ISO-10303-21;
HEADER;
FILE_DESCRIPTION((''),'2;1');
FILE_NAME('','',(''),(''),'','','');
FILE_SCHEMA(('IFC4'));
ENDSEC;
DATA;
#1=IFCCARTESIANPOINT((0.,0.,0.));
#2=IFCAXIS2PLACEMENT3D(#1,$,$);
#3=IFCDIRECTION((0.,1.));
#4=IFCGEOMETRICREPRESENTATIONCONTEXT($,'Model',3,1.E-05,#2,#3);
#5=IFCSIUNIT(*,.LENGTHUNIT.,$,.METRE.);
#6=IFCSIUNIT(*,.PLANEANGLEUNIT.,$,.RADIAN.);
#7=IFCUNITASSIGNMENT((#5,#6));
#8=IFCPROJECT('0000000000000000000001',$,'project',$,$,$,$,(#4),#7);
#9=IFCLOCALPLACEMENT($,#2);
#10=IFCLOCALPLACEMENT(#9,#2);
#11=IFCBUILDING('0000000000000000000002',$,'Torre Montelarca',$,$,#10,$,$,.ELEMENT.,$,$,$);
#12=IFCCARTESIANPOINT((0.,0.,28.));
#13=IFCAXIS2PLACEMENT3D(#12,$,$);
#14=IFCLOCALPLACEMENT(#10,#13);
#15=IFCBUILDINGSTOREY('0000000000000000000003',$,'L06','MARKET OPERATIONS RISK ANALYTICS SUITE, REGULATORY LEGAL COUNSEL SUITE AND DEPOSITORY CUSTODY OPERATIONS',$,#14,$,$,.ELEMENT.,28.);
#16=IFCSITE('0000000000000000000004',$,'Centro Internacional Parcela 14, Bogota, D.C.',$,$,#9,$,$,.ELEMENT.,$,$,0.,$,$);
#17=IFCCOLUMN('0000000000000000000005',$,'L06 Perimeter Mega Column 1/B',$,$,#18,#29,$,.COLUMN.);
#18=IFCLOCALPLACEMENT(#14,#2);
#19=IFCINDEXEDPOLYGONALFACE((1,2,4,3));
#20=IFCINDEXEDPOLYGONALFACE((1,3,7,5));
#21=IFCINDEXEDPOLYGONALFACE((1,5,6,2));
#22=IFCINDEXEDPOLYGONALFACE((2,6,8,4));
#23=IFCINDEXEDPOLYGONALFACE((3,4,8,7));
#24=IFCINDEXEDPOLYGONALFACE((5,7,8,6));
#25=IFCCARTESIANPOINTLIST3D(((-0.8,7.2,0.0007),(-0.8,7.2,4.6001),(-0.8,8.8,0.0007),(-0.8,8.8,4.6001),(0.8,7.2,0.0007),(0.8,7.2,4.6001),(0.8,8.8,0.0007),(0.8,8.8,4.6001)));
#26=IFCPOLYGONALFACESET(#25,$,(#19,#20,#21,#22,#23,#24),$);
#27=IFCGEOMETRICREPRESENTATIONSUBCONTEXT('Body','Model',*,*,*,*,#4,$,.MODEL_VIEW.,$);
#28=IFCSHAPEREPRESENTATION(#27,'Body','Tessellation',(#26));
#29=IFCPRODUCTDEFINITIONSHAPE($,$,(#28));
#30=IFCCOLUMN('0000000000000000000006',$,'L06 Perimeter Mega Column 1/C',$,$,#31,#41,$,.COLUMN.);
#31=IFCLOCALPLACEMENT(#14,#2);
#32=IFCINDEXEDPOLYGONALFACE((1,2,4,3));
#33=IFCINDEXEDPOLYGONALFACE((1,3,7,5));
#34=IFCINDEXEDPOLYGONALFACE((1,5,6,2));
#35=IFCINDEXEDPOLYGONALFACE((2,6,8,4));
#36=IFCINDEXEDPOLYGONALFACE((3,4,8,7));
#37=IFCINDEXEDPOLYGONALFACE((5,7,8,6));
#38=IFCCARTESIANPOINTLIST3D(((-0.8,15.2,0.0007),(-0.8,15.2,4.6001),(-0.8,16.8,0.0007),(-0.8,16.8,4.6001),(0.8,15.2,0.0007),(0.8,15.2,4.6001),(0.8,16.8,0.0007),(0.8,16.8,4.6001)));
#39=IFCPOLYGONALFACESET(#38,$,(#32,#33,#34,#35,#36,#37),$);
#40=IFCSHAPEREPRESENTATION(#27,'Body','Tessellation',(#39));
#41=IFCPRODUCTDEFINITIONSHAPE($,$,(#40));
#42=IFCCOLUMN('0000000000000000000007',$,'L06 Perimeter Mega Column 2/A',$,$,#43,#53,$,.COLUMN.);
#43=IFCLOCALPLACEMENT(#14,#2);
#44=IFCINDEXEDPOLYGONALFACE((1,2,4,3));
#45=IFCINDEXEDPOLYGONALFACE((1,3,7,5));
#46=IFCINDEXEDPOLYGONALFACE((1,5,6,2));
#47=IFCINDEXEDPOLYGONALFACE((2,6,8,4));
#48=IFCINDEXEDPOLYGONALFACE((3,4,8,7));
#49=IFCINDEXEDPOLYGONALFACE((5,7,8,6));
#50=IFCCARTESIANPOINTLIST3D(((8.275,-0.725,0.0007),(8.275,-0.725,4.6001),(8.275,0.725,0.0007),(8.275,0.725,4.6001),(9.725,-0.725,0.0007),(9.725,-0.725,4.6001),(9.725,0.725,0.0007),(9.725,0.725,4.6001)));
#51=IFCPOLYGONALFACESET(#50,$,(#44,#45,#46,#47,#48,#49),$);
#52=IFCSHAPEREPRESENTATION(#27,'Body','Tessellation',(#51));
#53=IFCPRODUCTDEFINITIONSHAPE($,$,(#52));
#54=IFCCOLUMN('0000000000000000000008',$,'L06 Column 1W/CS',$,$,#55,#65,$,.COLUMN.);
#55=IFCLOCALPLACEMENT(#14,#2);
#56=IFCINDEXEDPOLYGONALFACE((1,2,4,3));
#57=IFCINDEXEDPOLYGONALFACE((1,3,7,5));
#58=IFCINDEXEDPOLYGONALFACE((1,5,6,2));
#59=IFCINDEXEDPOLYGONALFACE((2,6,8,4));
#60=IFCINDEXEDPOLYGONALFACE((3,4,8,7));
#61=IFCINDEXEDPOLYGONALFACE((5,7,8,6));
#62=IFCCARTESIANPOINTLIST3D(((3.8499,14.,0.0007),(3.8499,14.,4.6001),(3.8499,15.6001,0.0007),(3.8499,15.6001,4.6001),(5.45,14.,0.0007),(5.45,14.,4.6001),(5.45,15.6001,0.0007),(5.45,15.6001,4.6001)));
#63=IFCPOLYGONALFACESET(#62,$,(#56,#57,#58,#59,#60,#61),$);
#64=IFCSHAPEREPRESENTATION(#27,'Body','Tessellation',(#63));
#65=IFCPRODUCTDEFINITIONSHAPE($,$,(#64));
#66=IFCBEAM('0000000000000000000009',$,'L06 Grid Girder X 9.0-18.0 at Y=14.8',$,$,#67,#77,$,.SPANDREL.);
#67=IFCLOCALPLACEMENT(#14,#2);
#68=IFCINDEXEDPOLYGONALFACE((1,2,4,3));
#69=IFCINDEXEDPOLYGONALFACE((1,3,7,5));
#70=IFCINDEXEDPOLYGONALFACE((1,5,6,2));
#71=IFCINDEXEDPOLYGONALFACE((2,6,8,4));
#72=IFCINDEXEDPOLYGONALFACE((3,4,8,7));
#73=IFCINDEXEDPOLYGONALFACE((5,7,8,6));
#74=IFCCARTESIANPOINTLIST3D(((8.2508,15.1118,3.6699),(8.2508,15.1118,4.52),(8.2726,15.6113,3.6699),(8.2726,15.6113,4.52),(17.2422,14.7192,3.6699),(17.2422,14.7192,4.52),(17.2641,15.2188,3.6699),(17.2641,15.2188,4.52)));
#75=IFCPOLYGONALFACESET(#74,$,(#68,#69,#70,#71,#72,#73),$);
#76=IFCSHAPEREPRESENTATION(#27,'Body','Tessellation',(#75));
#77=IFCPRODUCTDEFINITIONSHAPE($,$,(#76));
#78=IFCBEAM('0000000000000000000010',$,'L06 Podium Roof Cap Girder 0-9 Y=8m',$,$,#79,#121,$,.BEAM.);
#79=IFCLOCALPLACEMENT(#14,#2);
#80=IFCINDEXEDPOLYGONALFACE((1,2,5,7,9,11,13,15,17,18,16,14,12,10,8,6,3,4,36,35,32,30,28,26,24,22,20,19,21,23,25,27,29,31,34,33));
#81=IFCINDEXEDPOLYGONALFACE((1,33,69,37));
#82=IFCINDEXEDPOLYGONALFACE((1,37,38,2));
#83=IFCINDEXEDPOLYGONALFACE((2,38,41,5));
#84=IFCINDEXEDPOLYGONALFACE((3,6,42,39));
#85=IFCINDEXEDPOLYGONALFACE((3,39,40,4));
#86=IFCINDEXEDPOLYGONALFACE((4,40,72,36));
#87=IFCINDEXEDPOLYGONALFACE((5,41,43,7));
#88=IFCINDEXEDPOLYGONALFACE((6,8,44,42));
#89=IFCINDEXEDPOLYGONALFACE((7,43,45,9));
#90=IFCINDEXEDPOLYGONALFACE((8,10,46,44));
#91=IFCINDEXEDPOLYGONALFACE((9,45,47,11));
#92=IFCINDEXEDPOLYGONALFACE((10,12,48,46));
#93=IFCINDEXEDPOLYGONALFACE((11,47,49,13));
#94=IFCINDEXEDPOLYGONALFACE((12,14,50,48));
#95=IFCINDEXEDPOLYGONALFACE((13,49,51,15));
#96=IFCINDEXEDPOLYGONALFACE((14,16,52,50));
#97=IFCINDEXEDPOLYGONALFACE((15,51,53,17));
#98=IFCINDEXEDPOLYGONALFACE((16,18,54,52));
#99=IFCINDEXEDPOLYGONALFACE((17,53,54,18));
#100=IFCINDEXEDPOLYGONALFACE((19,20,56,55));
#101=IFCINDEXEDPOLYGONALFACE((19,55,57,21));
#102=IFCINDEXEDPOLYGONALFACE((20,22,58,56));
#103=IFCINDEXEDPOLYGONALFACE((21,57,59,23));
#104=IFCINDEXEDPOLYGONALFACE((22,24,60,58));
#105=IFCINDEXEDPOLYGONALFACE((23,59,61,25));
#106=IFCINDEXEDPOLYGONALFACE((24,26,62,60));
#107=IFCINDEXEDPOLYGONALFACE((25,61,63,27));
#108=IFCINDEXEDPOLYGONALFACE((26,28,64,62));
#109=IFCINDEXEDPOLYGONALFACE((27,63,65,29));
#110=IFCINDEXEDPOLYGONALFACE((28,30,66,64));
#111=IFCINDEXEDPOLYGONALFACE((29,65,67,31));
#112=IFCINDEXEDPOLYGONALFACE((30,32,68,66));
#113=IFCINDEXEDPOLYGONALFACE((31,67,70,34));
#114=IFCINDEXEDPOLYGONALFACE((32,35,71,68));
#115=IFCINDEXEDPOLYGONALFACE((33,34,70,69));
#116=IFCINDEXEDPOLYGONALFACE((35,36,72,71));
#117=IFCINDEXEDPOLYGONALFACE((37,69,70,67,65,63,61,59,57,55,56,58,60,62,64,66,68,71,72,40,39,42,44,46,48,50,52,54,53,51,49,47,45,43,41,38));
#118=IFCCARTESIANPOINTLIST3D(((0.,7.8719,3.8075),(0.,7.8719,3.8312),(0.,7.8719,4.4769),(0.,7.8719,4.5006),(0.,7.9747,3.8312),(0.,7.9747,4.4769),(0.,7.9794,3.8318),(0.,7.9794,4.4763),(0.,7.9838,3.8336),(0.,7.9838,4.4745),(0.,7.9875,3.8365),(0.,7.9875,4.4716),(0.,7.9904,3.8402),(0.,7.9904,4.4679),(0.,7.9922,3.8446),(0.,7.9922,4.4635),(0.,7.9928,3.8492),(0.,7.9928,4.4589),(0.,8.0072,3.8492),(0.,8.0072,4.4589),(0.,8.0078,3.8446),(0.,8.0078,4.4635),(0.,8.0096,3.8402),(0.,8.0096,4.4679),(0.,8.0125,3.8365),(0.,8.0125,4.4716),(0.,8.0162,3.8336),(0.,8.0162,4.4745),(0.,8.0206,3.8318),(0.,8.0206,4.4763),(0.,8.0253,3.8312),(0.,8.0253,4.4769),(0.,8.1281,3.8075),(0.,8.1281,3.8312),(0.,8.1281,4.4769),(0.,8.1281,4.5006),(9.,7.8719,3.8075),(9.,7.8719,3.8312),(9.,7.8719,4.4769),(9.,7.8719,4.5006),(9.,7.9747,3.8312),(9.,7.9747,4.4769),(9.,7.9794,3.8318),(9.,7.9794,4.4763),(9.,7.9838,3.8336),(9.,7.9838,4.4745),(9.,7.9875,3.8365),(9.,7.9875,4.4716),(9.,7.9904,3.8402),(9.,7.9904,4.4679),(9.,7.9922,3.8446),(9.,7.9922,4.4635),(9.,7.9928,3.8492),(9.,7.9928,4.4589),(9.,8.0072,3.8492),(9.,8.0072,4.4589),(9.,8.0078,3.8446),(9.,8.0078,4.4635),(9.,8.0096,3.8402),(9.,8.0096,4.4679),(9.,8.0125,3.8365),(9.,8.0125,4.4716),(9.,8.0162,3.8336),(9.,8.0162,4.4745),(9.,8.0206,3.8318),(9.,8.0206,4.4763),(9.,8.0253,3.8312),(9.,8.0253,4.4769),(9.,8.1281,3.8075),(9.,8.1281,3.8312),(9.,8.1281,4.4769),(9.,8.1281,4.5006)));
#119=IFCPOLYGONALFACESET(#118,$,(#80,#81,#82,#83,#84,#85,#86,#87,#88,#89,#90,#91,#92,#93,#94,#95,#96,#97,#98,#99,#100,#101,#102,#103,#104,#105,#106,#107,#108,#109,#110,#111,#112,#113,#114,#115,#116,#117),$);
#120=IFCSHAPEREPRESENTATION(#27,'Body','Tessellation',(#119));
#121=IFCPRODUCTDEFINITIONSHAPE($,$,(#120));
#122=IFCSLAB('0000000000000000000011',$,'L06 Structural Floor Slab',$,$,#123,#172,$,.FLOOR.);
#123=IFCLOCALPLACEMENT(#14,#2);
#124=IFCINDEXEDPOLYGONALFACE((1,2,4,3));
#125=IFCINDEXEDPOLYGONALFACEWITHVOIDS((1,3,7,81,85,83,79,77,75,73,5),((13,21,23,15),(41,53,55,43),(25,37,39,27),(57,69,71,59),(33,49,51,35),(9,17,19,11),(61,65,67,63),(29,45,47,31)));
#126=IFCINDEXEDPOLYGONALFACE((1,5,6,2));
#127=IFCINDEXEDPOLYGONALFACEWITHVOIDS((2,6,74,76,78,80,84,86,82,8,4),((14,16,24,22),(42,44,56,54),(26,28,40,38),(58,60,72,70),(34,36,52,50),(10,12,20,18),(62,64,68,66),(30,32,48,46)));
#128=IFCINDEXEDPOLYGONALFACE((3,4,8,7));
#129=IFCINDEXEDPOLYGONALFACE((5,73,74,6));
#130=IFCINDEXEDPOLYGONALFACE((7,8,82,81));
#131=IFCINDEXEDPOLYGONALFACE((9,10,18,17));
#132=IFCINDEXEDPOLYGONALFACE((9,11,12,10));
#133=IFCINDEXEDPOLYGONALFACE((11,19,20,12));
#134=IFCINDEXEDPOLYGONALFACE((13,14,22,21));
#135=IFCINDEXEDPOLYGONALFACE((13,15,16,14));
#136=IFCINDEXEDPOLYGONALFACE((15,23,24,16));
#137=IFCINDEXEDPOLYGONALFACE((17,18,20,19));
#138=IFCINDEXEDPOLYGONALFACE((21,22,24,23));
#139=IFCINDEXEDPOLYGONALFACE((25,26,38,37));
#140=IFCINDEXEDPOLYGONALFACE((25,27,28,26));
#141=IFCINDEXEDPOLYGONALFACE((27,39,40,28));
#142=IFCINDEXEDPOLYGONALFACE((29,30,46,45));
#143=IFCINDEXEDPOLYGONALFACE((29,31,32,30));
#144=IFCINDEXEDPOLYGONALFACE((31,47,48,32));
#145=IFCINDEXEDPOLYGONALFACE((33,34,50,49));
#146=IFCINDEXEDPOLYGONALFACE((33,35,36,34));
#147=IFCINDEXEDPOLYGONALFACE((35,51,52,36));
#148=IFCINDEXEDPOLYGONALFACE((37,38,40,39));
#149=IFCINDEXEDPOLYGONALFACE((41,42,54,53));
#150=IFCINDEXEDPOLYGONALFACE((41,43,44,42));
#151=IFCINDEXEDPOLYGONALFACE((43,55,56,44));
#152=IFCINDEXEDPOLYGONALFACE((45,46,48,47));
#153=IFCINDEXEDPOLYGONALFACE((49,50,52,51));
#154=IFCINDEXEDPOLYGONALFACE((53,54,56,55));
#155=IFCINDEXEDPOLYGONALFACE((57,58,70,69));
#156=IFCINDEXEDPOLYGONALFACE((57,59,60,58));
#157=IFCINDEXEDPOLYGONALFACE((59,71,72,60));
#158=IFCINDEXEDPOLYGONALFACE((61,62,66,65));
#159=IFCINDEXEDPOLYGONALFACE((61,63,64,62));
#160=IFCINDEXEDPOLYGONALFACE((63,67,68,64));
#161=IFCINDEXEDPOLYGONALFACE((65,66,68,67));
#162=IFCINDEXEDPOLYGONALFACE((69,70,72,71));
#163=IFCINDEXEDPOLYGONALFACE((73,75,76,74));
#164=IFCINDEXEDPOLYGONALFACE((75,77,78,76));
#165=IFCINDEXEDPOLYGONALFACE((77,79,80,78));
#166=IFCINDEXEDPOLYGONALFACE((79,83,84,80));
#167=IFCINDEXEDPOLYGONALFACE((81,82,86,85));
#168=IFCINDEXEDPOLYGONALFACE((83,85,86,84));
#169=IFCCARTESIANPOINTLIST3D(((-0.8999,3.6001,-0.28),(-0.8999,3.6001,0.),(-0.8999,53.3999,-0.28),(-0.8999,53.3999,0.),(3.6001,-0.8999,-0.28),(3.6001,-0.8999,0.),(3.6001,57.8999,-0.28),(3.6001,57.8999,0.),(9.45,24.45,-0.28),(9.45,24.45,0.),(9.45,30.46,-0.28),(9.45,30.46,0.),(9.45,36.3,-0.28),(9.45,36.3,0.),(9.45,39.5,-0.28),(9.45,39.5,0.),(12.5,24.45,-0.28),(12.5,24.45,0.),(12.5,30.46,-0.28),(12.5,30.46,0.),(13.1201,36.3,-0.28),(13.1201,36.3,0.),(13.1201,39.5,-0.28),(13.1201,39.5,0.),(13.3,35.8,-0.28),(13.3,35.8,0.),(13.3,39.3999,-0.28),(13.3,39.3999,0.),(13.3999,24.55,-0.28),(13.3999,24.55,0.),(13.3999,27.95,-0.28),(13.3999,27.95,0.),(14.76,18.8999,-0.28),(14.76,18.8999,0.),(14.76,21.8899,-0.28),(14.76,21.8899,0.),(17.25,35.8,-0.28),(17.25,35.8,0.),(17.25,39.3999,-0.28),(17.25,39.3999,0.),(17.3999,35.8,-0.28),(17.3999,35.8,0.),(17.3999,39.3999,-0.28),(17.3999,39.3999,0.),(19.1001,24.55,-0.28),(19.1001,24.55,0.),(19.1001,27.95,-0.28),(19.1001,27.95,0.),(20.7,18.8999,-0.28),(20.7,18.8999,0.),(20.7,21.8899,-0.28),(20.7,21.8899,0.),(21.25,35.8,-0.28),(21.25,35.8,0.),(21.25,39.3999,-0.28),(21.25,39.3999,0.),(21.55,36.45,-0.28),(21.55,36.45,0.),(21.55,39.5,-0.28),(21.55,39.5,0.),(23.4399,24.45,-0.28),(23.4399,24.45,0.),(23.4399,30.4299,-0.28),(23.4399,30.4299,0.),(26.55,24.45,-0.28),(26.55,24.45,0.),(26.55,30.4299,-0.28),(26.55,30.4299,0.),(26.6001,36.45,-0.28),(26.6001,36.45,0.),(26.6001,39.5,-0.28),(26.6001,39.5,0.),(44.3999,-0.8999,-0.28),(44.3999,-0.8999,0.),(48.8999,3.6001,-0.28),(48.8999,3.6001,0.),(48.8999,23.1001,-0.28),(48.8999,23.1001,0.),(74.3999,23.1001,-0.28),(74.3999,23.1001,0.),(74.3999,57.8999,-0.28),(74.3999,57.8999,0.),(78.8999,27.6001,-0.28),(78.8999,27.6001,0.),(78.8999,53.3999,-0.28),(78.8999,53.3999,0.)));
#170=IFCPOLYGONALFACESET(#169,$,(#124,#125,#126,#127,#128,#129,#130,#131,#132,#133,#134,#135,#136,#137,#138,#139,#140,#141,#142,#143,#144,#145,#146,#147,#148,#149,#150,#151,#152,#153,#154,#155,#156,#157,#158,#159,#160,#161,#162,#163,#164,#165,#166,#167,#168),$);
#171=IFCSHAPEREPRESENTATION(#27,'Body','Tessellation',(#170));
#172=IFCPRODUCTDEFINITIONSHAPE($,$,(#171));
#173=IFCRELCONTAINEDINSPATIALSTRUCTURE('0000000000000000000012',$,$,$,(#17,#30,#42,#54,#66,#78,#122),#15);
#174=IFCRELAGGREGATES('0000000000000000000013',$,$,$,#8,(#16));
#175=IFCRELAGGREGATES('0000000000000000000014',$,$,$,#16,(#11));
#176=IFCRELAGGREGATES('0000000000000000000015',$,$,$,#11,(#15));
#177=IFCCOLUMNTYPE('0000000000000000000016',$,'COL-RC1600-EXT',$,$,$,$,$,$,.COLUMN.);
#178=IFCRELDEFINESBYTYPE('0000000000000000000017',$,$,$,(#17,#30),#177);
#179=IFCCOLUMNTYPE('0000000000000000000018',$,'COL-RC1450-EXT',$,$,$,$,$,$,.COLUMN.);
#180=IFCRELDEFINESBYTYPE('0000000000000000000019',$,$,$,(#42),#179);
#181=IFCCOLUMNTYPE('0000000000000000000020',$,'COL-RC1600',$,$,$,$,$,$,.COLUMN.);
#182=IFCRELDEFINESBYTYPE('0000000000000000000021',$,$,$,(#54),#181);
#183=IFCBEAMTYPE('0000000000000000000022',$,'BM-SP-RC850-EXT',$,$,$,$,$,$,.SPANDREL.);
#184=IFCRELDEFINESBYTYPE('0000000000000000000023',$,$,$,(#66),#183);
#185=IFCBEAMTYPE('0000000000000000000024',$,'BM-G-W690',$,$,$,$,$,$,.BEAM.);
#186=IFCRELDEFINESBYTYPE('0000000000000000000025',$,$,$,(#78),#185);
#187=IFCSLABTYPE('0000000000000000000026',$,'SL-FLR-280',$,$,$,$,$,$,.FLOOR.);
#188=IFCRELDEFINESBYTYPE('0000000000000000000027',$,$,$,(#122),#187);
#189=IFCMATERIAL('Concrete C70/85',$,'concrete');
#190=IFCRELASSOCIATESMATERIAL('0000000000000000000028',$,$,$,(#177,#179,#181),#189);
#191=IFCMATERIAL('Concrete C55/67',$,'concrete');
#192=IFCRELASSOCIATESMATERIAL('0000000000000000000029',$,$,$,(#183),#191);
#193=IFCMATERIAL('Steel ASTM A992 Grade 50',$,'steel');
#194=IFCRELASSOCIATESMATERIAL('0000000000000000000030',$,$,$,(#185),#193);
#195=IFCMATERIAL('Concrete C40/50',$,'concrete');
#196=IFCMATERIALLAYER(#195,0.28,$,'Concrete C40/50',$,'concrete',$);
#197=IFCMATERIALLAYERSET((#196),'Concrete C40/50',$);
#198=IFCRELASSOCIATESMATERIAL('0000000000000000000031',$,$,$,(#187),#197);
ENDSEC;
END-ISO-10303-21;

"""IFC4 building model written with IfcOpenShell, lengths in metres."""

from ifc_helpers import new_model, si_unit, direction, frame, origin, origin_2d, place, context, subcontext, project, spatial, polyline, rectangle, i_section, outline, extrude, source, transform, mapped, material, layer, layer_set, material_profile, profile_set, type_object, element, save


model = new_model("IFC4")

# Units and contexts
model_context = context("Model", 3, precision=1e-05, world=origin(), true_north=direction((0.0, 1.0)))
body_context = subcontext(model_context, "Body", "Model", "MODEL_VIEW")
ifc_project = project(units=[si_unit("LENGTHUNIT", "METRE"), si_unit("PLANEANGLEUNIT", "RADIAN")], contexts=[model_context])

# Site, building, storey
site_placement = place(None, origin())
site = spatial("IfcSite", under=ifc_project, at=site_placement, Name="Centro Internacional Parcela 14, Bogota, D.C.", CompositionType="ELEMENT", RefElevation=0.0)
building_placement = place(site_placement, origin())
building = spatial("IfcBuilding", under=site, at=building_placement, Name="Torre Montelarca", CompositionType="ELEMENT")
storey_placement = place(building_placement, frame((0.0, 0.0, 28.0)))
storey = spatial("IfcBuildingStorey", under=building, at=storey_placement, Name="L06", Description="MARKET OPERATIONS RISK ANALYTICS SUITE, REGULATORY LEGAL COUNSEL SUITE AND DEPOSITORY CUSTODY OPERATIONS", CompositionType="ELEMENT", Elevation=28.0)

# Columns
ifc_material_1 = material(Name="Concrete C70/85", Category="concrete")
ifc_material_profile_1 = material_profile(ifc_material_1, rectangle(XDim=1.6001, YDim=1.6001, at=origin_2d()), Name="RC1600X1600", Category="concrete")
ifc_profile_set_1 = profile_set([ifc_material_profile_1], Name="Concrete C70/85")
column_type_1 = type_object("IfcColumnType", Name="COL-RC1600-EXT", PredefinedType="COLUMN", material=ifc_profile_set_1)
shared_shape_1 = source(origin(), body_context, "Body", "SweptSolid", [
    extrude(rectangle(XDim=1.6001, YDim=1.6001, at=origin_2d()), origin(), (0.0, 0.0, 1.0), 4.5994),
])
for number, where, z_axis, x_axis, name in (
    (1, (0.0, 8.0, 0.0007), (0.0, 0.0, 1.0), (1.0, 0.0, 0.0), "L06 Perimeter Mega Column 1/B"),
    (2, (0.0, 16.0, 0.0007), (0.0, 0.0, 1.0), (1.0, 0.0, 0.0), "L06 Perimeter Mega Column 1/C"),
):
    element("IfcColumn", number, at=place(storey_placement, frame(where, z_axis=z_axis, x_axis=x_axis)), inside=storey, type_object=column_type_1, Name=name, PredefinedType="COLUMN", context=body_context, shape_type="MappedRepresentation", body=[
        mapped(shared_shape_1, transform((0.0, 0.0, 0.0), scale=1.0)),
    ])
ifc_material_profile_2 = material_profile(ifc_material_1, rectangle(XDim=1.45, YDim=1.45, at=origin_2d()), Name="RC1450X1450", Category="concrete")
ifc_profile_set_2 = profile_set([ifc_material_profile_2], Name="Concrete C70/85")
column_type_2 = type_object("IfcColumnType", Name="COL-RC1450-EXT", PredefinedType="COLUMN", material=ifc_profile_set_2)
shared_shape_2 = source(origin(), body_context, "Body", "SweptSolid", [
    extrude(rectangle(XDim=1.45, YDim=1.45, at=origin_2d()), origin(), (0.0, 0.0, 1.0), 4.5994),
])
column_1_placement = place(storey_placement, frame((9.0, 0.0, 0.0007), z_axis=(0.0, 0.0, 1.0), x_axis=(1.0, 0.0, 0.0)))
element("IfcColumn", 3, at=column_1_placement, inside=storey, type_object=column_type_2, Name="L06 Perimeter Mega Column 2/A", PredefinedType="COLUMN", context=body_context, shape_type="MappedRepresentation", body=[
    mapped(shared_shape_2, transform((0.0, 0.0, 0.0), scale=1.0)),
])
ifc_material_profile_3 = material_profile(ifc_material_1, rectangle(XDim=1.6001, YDim=1.6001, at=origin_2d()), Name="RC1600X1600", Category="concrete")
ifc_profile_set_3 = profile_set([ifc_material_profile_3], Name="Concrete C70/85")
column_type_3 = type_object("IfcColumnType", Name="COL-RC1600", PredefinedType="COLUMN", material=ifc_profile_set_3)
shared_shape_3 = source(origin(), body_context, "Body", "SweptSolid", [
    extrude(rectangle(XDim=1.6001, YDim=1.6001, at=origin_2d()), origin(), (0.0, 0.0, 1.0), 4.5994),
])
column_2_placement = place(storey_placement, frame((4.6499, 14.8, 0.0007), z_axis=(0.0, 0.0, 1.0), x_axis=(1.0, 0.0, 0.0)))
element("IfcColumn", 4, at=column_2_placement, inside=storey, type_object=column_type_3, Name="L06 Column 1W/CS", PredefinedType="COLUMN", context=body_context, shape_type="MappedRepresentation", body=[
    mapped(shared_shape_3, transform((0.0, 0.0, 0.0), scale=1.0)),
])

# Beams
ifc_material_2 = material(Name="Concrete C55/67", Category="concrete")
ifc_material_profile_4 = material_profile(ifc_material_2, rectangle(XDim=0.5, YDim=0.8501, at=origin_2d()), Name="RCB500X850", Category="concrete")
ifc_profile_set_4 = profile_set([ifc_material_profile_4], Name="Concrete C55/67")
beam_type_1 = type_object("IfcBeamType", Name="BM-SP-RC850-EXT", PredefinedType="SPANDREL", material=ifc_profile_set_4)
shared_shape_4 = source(origin(), body_context, "Body", "SweptSolid", [
    extrude(rectangle(XDim=0.5, YDim=0.8501, at=origin_2d()), origin(), (0.0, 0.0, 1.0), 9.0),
])
beam_1_placement = place(storey_placement, frame((8.2617, 15.3616, 4.095), z_axis=(0.999048, -0.04362, 0.0), x_axis=(0.04362, 0.999048, 0.0)))
element("IfcBeam", 5, at=beam_1_placement, inside=storey, type_object=beam_type_1, Name="L06 Grid Girder X 9.0-18.0 at Y=14.8", PredefinedType="SPANDREL", context=body_context, shape_type="MappedRepresentation", body=[
    mapped(shared_shape_4, transform((0.0, 0.0, 0.0), scale=1.0)),
])
ifc_material_3 = material(Name="Steel ASTM A992 Grade 50", Category="steel")
ifc_material_profile_5 = material_profile(ifc_material_3, i_section(OverallWidth=0.2561, OverallDepth=0.6931, WebThickness=0.0144, FlangeThickness=0.0237, FilletRadius=0.0181, at=origin_2d()), Name="W690X170", Category="steel")
ifc_profile_set_5 = profile_set([ifc_material_profile_5], Name="Steel ASTM A992 Grade 50")
beam_type_2 = type_object("IfcBeamType", Name="BM-G-W690", PredefinedType="BEAM", material=ifc_profile_set_5)
shared_shape_5 = source(origin(), body_context, "Body", "SweptSolid", [
    extrude(i_section(OverallWidth=0.2561, OverallDepth=0.6931, WebThickness=0.0144, FlangeThickness=0.0237, FilletRadius=0.0181, at=origin_2d()), origin(), (0.0, 0.0, 1.0), 9.0),
])
beam_2_placement = place(storey_placement, frame((0.0, 8.0, 4.1541), z_axis=(1.0, 0.0, 0.0), x_axis=(0.0, 1.0, 0.0)))
element("IfcBeam", 6, at=beam_2_placement, inside=storey, type_object=beam_type_2, Name="L06 Podium Roof Cap Girder 0-9 Y=8m", PredefinedType="BEAM", context=body_context, shape_type="MappedRepresentation", body=[
    mapped(shared_shape_5, transform((0.0, 0.0, 0.0), scale=1.0)),
])

# Slab
ifc_material_4 = material(Name="Concrete C40/50", Category="concrete")
ifc_layer_1 = layer(ifc_material_4, 0.28, Name="Concrete C40/50", Category="concrete")
ifc_layer_set_1 = layer_set([ifc_layer_1], Name="Concrete C40/50")
slab_type_1 = type_object("IfcSlabType", Name="SL-FLR-280", PredefinedType="FLOOR", material=ifc_layer_set_1)
slab_1_placement = place(storey_placement, frame((0.0, 0.0, -0.28)))
element("IfcSlab", 7, at=slab_1_placement, inside=storey, type_object=slab_type_1, Name="L06 Structural Floor Slab", PredefinedType="FLOOR", context=body_context, shape_type="SweptSolid", body=[
    extrude(outline(polyline([(44.3999, -0.8999), (48.8999, 3.6001), (48.8999, 23.1001), (74.3999, 23.1001), (78.8999, 27.6001), (78.8999, 53.3999), (74.3999, 57.8999), (3.6001, 57.8999), (-0.8999, 53.3999), (-0.8999, 3.6001), (3.6001, -0.8999), (44.3999, -0.8999)]), holes=[polyline([(20.7, 18.8999), (14.76, 18.8999), (14.76, 21.8899), (20.7, 21.8899), (20.7, 18.8999)]), polyline([(19.1001, 24.55), (13.3999, 24.55), (13.3999, 27.95), (19.1001, 27.95), (19.1001, 24.55)]), polyline([(23.4399, 24.45), (23.4399, 30.4299), (26.55, 30.4299), (26.55, 24.45), (23.4399, 24.45)]), polyline([(9.45, 24.45), (9.45, 30.46), (12.5, 30.46), (12.5, 24.45), (9.45, 24.45)]), polyline([(17.25, 35.8), (13.3, 35.8), (13.3, 39.3999), (17.25, 39.3999), (17.25, 35.8)]), polyline([(21.25, 35.8), (17.3999, 35.8), (17.3999, 39.3999), (21.25, 39.3999), (21.25, 35.8)]), polyline([(13.1201, 36.3), (9.45, 36.3), (9.45, 39.5), (13.1201, 39.5), (13.1201, 36.3)]), polyline([(26.6001, 36.45), (21.55, 36.45), (21.55, 39.5), (26.6001, 39.5), (26.6001, 36.45)])]), origin(), (0.0, 0.0, 1.0), 0.28),
])

save(model, "model.ifc")
